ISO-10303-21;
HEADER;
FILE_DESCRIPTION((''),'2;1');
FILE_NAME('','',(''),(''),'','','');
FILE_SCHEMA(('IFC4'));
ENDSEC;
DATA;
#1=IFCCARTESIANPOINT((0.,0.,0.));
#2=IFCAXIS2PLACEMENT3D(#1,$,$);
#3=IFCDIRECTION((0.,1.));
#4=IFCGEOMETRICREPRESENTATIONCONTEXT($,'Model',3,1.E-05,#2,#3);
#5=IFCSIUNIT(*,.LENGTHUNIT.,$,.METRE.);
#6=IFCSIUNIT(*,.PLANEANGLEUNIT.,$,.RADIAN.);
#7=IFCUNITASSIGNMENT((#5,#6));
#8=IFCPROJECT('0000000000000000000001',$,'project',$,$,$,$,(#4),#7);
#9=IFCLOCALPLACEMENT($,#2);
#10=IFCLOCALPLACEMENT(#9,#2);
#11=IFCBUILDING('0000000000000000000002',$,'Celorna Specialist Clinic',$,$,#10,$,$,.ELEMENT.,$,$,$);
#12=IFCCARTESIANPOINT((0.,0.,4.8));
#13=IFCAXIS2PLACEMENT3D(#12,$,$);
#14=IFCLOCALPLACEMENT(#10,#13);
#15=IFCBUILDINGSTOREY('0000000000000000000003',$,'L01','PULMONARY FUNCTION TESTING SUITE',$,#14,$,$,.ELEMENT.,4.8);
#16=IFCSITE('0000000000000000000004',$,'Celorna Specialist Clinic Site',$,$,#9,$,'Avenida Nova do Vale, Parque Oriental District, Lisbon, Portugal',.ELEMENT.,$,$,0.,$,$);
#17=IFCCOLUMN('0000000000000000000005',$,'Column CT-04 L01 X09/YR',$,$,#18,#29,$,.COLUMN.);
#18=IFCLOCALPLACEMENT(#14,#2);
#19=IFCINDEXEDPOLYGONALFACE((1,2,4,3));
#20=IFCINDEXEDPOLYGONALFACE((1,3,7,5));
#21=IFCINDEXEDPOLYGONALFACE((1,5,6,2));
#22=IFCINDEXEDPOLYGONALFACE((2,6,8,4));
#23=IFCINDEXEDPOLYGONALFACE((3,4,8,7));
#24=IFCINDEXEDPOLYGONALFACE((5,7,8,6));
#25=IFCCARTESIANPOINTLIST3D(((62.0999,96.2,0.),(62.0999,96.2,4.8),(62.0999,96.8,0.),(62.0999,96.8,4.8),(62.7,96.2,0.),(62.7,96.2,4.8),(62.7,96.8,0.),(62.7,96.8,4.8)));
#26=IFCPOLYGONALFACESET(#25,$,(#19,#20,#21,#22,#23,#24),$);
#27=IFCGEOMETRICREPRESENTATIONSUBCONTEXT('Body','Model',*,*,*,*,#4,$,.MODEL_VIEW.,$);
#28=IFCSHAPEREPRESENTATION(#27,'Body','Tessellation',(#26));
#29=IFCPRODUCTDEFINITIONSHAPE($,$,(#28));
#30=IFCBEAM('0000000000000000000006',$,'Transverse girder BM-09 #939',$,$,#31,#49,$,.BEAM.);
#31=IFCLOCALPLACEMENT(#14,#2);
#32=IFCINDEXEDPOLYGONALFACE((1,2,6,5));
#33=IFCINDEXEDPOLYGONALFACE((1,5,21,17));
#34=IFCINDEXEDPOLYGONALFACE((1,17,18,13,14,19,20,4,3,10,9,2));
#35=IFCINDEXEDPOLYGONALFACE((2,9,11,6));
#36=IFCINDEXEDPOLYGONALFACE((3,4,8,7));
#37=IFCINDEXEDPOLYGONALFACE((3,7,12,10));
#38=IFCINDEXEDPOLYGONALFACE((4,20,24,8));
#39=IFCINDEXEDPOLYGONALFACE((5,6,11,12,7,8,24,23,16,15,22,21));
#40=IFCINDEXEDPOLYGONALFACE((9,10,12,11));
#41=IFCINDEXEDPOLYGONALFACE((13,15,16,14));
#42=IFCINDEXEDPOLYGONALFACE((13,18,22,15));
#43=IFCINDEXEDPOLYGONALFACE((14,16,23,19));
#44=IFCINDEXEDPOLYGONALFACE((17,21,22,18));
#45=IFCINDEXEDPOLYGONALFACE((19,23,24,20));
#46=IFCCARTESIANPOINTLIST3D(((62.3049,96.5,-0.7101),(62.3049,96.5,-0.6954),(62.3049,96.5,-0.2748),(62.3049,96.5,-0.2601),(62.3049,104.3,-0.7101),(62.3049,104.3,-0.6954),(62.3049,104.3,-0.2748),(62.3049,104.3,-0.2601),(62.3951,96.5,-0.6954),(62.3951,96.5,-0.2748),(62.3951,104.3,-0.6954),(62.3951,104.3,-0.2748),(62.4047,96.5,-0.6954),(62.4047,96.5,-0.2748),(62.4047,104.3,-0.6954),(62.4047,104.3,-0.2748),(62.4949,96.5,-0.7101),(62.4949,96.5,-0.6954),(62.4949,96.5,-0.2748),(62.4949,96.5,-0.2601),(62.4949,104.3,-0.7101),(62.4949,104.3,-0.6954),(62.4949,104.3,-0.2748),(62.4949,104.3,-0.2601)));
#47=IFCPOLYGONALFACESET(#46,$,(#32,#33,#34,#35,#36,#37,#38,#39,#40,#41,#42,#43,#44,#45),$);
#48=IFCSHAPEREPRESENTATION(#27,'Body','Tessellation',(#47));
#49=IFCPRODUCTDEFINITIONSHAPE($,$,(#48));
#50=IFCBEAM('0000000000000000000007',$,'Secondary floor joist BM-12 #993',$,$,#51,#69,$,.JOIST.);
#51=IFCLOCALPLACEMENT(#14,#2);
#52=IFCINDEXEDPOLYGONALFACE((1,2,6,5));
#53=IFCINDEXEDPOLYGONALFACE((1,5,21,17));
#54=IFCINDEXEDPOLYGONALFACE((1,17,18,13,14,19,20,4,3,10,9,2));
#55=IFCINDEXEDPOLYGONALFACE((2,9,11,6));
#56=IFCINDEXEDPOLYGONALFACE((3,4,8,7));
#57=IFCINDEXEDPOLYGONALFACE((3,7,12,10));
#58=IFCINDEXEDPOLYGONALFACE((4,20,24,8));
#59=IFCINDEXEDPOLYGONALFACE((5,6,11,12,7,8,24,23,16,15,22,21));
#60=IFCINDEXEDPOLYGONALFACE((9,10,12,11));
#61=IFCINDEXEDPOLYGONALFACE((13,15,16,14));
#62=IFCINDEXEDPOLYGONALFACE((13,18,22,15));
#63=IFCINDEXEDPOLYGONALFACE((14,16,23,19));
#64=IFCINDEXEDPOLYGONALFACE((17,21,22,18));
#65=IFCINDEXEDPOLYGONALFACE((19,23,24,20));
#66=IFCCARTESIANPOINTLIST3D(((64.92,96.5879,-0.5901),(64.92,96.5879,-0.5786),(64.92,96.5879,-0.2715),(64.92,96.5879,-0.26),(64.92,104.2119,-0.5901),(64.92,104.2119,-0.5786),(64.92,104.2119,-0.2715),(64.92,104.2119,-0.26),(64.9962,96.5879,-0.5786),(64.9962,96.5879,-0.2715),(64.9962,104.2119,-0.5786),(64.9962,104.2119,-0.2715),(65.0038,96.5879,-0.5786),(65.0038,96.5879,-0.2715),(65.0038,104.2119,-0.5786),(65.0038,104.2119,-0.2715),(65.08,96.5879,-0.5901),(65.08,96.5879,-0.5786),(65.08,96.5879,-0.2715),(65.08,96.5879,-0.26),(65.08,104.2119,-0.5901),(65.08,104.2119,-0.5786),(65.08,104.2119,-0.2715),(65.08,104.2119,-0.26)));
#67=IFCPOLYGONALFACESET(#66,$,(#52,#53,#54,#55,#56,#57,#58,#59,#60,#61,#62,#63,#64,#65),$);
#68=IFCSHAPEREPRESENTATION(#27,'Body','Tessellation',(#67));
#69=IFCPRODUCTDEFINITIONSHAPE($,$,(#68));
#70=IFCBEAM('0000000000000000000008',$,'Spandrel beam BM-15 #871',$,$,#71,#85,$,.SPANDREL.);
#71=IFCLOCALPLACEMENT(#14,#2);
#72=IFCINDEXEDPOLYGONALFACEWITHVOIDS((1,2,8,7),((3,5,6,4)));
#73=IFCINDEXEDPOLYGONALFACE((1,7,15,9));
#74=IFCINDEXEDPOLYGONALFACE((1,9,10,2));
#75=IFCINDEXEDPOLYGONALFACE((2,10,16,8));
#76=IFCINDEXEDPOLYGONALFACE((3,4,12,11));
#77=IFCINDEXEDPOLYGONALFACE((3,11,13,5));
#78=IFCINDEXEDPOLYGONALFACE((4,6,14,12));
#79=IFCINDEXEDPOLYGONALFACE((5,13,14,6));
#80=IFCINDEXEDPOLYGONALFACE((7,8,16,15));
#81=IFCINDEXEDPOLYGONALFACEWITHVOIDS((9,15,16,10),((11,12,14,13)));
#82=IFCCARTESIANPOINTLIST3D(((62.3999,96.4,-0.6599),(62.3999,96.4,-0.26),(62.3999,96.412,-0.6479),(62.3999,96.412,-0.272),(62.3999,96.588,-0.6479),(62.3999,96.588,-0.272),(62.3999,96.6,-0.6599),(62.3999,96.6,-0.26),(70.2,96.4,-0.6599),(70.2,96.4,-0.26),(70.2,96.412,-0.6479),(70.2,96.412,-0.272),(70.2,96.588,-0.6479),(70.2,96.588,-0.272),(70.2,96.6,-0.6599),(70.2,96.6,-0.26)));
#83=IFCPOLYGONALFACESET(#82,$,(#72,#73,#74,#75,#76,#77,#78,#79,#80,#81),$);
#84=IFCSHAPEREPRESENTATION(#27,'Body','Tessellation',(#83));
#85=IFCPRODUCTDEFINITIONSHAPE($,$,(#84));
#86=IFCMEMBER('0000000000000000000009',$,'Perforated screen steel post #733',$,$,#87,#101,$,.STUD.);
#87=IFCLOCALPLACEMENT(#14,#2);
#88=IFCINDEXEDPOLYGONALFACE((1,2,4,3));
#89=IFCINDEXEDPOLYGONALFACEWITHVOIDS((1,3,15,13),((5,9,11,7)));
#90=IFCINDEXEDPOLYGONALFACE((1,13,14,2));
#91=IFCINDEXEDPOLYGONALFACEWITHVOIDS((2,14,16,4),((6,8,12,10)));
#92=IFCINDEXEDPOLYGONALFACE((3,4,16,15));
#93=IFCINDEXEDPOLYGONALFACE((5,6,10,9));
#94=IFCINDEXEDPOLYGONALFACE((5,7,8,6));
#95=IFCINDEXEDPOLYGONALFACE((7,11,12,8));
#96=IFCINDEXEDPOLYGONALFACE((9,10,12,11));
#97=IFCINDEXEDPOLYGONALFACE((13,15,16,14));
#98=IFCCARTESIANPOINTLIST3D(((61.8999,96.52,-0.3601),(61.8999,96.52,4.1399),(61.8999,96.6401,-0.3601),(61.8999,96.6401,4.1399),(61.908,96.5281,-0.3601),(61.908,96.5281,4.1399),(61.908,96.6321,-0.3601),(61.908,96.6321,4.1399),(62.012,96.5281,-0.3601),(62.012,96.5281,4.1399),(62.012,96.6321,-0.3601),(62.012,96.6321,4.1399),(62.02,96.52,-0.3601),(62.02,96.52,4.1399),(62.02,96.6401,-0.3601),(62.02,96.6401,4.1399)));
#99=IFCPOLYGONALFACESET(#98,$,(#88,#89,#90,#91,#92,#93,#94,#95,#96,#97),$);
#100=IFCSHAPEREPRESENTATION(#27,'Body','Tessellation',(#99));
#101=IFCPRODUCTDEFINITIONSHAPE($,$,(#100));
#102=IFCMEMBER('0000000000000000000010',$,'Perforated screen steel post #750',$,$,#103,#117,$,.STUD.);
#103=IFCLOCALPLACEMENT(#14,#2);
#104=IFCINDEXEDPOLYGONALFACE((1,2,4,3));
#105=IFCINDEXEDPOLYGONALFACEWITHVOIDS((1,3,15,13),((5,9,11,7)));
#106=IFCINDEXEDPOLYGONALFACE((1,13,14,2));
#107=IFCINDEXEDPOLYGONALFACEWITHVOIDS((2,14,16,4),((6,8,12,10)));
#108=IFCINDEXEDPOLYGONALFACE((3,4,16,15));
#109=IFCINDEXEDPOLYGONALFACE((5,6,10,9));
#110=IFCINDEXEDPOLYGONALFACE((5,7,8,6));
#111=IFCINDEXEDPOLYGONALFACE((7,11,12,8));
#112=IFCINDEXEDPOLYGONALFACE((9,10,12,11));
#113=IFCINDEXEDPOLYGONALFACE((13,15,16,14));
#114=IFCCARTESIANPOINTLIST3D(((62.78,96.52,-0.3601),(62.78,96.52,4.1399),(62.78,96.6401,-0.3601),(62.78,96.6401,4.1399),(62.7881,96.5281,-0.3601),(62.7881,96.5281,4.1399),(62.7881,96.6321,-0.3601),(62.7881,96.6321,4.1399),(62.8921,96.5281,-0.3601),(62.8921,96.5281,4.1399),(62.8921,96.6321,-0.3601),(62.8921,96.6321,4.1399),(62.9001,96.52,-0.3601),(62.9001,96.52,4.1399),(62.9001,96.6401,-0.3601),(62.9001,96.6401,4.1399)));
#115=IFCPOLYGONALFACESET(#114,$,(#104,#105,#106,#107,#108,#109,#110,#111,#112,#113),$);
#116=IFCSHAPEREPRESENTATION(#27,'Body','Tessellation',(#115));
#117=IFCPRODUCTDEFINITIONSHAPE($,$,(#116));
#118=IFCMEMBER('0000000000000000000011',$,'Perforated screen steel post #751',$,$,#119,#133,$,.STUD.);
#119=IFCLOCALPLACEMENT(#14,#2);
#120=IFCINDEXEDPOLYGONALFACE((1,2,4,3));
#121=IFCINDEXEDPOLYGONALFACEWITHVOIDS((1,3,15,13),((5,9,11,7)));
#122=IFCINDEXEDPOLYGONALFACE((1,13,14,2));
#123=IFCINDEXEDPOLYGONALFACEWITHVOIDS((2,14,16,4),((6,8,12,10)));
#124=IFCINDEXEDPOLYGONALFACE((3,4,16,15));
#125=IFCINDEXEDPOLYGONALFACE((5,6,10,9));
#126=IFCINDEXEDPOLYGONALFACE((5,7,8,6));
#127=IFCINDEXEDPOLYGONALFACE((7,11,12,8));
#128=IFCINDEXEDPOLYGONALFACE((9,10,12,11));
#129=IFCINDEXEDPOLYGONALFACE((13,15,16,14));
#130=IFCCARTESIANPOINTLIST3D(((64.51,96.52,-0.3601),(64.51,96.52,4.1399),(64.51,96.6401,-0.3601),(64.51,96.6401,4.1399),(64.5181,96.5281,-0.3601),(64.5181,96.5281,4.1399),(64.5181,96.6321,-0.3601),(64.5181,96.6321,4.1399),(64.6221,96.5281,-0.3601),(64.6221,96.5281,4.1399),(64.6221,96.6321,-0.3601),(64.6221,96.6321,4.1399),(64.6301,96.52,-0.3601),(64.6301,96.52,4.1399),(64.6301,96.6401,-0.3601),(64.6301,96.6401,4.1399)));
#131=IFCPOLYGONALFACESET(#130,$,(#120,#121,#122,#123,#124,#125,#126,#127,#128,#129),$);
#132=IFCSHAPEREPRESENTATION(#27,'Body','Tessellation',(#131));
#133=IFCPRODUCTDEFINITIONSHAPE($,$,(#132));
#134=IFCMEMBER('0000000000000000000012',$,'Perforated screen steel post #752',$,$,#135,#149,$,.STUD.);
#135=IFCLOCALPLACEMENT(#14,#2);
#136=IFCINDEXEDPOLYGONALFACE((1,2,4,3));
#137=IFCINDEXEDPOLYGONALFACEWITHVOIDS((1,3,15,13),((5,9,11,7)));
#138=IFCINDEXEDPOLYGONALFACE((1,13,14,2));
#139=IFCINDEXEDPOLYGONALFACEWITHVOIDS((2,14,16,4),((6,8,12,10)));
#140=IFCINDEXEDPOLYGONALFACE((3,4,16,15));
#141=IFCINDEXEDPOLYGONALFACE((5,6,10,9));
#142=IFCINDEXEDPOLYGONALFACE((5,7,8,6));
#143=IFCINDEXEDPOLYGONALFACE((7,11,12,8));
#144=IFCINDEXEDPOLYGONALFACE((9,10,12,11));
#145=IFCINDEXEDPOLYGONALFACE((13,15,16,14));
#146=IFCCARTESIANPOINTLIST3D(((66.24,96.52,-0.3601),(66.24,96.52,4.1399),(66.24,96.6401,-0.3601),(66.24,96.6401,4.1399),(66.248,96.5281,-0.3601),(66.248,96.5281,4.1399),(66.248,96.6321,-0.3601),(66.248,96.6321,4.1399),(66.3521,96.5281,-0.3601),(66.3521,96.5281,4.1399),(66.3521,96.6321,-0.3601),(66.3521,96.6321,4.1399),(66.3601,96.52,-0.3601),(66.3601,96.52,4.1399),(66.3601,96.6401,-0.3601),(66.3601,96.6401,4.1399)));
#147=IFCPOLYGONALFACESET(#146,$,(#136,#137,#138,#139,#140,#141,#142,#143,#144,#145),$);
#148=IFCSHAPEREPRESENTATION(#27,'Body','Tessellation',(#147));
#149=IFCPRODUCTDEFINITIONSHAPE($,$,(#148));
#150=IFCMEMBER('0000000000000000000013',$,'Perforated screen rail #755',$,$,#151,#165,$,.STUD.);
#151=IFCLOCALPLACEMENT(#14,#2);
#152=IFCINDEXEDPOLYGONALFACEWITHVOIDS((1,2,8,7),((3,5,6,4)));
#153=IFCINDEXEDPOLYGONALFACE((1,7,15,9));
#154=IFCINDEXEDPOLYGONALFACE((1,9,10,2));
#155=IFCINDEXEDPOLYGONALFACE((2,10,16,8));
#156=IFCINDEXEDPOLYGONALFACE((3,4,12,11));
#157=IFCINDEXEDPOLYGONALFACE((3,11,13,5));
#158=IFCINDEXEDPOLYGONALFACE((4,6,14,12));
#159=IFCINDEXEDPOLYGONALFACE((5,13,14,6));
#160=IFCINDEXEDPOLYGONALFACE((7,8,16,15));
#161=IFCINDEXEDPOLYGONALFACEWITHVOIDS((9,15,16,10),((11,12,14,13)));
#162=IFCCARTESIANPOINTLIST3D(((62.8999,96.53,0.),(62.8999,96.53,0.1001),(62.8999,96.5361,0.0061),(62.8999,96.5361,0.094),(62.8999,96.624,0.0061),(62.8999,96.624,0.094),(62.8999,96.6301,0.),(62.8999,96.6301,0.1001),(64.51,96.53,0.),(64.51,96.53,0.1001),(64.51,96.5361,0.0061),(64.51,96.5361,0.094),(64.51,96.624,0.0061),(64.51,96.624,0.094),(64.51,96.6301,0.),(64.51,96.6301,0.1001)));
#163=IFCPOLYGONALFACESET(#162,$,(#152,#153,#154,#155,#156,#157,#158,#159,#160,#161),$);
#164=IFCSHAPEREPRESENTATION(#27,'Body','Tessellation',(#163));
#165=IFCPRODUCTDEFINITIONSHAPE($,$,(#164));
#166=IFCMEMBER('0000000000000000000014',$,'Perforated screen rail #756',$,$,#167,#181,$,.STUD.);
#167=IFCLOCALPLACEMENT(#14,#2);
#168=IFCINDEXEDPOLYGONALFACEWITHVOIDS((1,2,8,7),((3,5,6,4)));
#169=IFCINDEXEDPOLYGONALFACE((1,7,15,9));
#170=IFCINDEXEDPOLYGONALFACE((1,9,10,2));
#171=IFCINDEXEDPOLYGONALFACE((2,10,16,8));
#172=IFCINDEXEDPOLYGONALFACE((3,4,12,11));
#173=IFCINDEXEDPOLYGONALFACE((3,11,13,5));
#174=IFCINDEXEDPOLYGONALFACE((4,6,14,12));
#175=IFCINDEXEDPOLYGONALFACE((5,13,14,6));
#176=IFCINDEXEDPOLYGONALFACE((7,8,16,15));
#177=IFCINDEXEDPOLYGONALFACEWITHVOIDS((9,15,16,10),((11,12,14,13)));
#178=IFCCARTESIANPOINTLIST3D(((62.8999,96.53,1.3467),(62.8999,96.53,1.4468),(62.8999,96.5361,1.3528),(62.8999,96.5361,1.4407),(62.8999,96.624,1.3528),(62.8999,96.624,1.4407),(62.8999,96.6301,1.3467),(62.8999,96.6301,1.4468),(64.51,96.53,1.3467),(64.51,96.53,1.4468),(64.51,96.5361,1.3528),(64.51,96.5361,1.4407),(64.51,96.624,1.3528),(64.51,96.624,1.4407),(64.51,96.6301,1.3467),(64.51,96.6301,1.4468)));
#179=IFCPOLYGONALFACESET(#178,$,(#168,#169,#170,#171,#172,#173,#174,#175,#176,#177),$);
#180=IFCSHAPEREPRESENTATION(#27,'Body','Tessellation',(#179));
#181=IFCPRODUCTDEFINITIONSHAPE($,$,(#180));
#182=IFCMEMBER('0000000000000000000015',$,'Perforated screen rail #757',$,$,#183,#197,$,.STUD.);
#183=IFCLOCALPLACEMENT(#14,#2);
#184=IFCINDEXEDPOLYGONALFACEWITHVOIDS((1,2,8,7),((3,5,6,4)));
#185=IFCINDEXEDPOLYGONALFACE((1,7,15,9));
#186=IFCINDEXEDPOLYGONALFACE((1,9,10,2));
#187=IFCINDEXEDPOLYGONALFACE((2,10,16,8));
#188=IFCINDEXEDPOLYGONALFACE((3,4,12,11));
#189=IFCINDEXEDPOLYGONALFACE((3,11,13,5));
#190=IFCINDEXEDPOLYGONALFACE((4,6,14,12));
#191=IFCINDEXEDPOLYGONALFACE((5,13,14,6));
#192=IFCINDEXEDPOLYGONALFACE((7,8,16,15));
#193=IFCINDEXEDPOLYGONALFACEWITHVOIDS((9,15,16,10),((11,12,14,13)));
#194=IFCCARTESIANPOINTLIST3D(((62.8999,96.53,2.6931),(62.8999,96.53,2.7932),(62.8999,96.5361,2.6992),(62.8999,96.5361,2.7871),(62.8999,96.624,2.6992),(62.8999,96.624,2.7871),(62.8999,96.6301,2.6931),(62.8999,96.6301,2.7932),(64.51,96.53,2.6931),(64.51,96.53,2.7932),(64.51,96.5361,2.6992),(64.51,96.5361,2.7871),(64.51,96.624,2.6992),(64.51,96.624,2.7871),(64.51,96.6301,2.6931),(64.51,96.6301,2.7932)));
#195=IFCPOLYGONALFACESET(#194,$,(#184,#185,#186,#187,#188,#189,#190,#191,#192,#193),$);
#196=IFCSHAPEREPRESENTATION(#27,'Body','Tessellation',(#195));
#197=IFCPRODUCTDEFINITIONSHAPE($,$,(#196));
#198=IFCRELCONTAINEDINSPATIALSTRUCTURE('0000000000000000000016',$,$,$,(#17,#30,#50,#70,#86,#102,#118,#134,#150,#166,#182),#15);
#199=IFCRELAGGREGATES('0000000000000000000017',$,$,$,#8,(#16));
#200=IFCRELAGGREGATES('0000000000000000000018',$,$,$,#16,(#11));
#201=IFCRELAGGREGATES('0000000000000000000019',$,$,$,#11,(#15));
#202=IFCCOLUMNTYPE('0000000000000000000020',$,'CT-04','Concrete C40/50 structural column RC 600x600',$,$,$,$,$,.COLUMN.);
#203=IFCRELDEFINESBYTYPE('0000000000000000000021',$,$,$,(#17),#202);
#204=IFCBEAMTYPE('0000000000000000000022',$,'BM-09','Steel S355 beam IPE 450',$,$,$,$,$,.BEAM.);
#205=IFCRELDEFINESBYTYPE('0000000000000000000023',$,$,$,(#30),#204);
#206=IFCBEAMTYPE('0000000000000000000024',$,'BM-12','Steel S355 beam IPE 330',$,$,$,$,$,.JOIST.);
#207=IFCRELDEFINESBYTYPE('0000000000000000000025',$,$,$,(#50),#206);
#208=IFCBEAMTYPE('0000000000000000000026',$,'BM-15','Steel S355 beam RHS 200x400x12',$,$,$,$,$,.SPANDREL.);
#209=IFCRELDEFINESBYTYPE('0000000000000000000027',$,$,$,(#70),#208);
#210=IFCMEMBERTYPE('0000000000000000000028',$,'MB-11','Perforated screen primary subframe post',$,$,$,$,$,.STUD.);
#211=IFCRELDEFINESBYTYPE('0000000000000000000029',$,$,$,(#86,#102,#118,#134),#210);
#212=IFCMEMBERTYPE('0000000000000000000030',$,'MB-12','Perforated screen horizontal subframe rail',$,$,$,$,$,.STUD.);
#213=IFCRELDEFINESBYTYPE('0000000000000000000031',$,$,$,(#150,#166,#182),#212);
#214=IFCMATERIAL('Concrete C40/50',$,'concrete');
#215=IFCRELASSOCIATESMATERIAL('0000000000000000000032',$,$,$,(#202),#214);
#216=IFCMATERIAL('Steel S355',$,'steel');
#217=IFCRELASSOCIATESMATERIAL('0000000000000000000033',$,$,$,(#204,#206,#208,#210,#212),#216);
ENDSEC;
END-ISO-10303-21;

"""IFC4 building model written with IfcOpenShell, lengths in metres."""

from ifc_helpers import new_model, si_unit, direction, frame, origin, origin_2d, place, context, subcontext, project, spatial, rectangle, hollow_rectangle, i_section, extrude, material, material_profile, profile_set, type_object, element, save


model = new_model("IFC4")

# Units and contexts
model_context = context("Model", 3, precision=1e-05, world=origin(), true_north=direction((0.0, 1.0)))
body_context = subcontext(model_context, "Body", "Model", "MODEL_VIEW")
ifc_project = project(units=[si_unit("LENGTHUNIT", "METRE"), si_unit("PLANEANGLEUNIT", "RADIAN")], contexts=[model_context])

# Site, building, storey
site_placement = place(None, origin())
site = spatial("IfcSite", under=ifc_project, at=site_placement, Name="Celorna Specialist Clinic Site", LongName="Avenida Nova do Vale, Parque Oriental District, Lisbon, Portugal", CompositionType="ELEMENT", RefElevation=0.0)
building_placement = place(site_placement, origin())
building = spatial("IfcBuilding", under=site, at=building_placement, Name="Celorna Specialist Clinic", CompositionType="ELEMENT")
storey_placement = place(building_placement, frame((0.0, 0.0, 4.8)))
storey = spatial("IfcBuildingStorey", under=building, at=storey_placement, Name="L01", Description="PULMONARY FUNCTION TESTING SUITE", CompositionType="ELEMENT", Elevation=4.8)

# Column
ifc_material_1 = material(Name="Concrete C40/50", Category="concrete")
ifc_material_profile_1 = material_profile(ifc_material_1, rectangle(XDim=0.6001, YDim=0.6001, at=origin_2d()), Name="RC 600x600")
ifc_profile_set_1 = profile_set([ifc_material_profile_1], Name="Concrete C40/50")
column_type = type_object("IfcColumnType", Name="CT-04", Description="Concrete C40/50 structural column RC 600x600", PredefinedType="COLUMN", material=ifc_profile_set_1)
column_placement = place(storey_placement, frame((62.3999, 96.5, 0.0), z_axis=(0.0, 0.0, 1.0), x_axis=(1.0, 0.0, 0.0)))
element("IfcColumn", 1, at=column_placement, inside=storey, type_object=column_type, Name="Column CT-04 L01 X09/YR", PredefinedType="COLUMN", context=body_context, shape_type="SweptSolid", body=[
    extrude(rectangle(XDim=0.6001, YDim=0.6001, at=origin_2d()), origin(), (0.0, 0.0, 1.0), 4.8),
])

# Beams
ifc_material_2 = material(Name="Steel S355", Category="steel")
ifc_material_profile_2 = material_profile(ifc_material_2, i_section(OverallWidth=0.1899, OverallDepth=0.45, WebThickness=0.0095, FlangeThickness=0.0146, at=origin_2d()), Name="IPE 450")
ifc_profile_set_2 = profile_set([ifc_material_profile_2], Name="Steel S355")
beam_type_1 = type_object("IfcBeamType", Name="BM-09", Description="Steel S355 beam IPE 450", PredefinedType="BEAM", material=ifc_profile_set_2)
beam_1_placement = place(storey_placement, frame((62.3999, 96.5, -0.4851), z_axis=(0.0, 1.0, 0.0), x_axis=(-1.0, 0.0, 0.0)))
element("IfcBeam", 2, at=beam_1_placement, inside=storey, type_object=beam_type_1, Name="Transverse girder BM-09 #939", PredefinedType="BEAM", context=body_context, shape_type="SweptSolid", body=[
    extrude(i_section(OverallWidth=0.1899, OverallDepth=0.45, WebThickness=0.0095, FlangeThickness=0.0146, at=origin_2d()), origin(), (0.0, 0.0, 1.0), 7.8),
])
ifc_material_profile_3 = material_profile(ifc_material_2, i_section(OverallWidth=0.1599, OverallDepth=0.3301, WebThickness=0.0076, FlangeThickness=0.0115, at=origin_2d()), Name="IPE 330")
ifc_profile_set_3 = profile_set([ifc_material_profile_3], Name="Steel S355")
beam_type_2 = type_object("IfcBeamType", Name="BM-12", Description="Steel S355 beam IPE 330", PredefinedType="JOIST", material=ifc_profile_set_3)
beam_2_placement = place(storey_placement, frame((65.0, 96.5879, -0.425), z_axis=(0.0, 1.0, 0.0), x_axis=(-1.0, 0.0, 0.0)))
element("IfcBeam", 3, at=beam_2_placement, inside=storey, type_object=beam_type_2, Name="Secondary floor joist BM-12 #993", PredefinedType="JOIST", context=body_context, shape_type="SweptSolid", body=[
    extrude(i_section(OverallWidth=0.1599, OverallDepth=0.3301, WebThickness=0.0076, FlangeThickness=0.0115, at=origin_2d()), origin(), (0.0, 0.0, 1.0), 7.624),
])
ifc_material_profile_4 = material_profile(ifc_material_2, hollow_rectangle(XDim=0.2, YDim=0.3999, WallThickness=0.012, at=origin_2d()), Name="RHS 200x400x12")
ifc_profile_set_4 = profile_set([ifc_material_profile_4], Name="Steel S355")
beam_type_3 = type_object("IfcBeamType", Name="BM-15", Description="Steel S355 beam RHS 200x400x12", PredefinedType="SPANDREL", material=ifc_profile_set_4)
beam_3_placement = place(storey_placement, frame((62.3999, 96.5, -0.46), z_axis=(1.0, 0.0, 0.0), x_axis=(0.0, 1.0, 0.0)))
element("IfcBeam", 4, at=beam_3_placement, inside=storey, type_object=beam_type_3, Name="Spandrel beam BM-15 #871", PredefinedType="SPANDREL", context=body_context, shape_type="SweptSolid", body=[
    extrude(hollow_rectangle(XDim=0.2, YDim=0.3999, WallThickness=0.012, at=origin_2d()), origin(), (0.0, 0.0, 1.0), 7.8),
])

# Members
ifc_material_profile_5 = material_profile(ifc_material_2, hollow_rectangle(XDim=0.1201, YDim=0.1201, WallThickness=0.0081, at=origin_2d()), Name="SHS 120x120x8")
ifc_profile_set_5 = profile_set([ifc_material_profile_5], Name="Steel S355")
member_type_1 = type_object("IfcMemberType", Name="MB-11", Description="Perforated screen primary subframe post", PredefinedType="STUD", material=ifc_profile_set_5)
for number, where, z_axis, x_axis, name in (
    (5, (61.96, 96.5801, -0.3601), (0.0, 0.0, 1.0), (1.0, 0.0, 0.0), "Perforated screen steel post #733"),
    (6, (62.8401, 96.5801, -0.3601), (0.0, 0.0, 1.0), (1.0, 0.0, 0.0), "Perforated screen steel post #750"),
    (7, (64.5701, 96.5801, -0.3601), (0.0, 0.0, 1.0), (1.0, 0.0, 0.0), "Perforated screen steel post #751"),
    (8, (66.3, 96.5801, -0.3601), (0.0, 0.0, 1.0), (1.0, 0.0, 0.0), "Perforated screen steel post #752"),
):
    element("IfcMember", number, at=place(storey_placement, frame(where, z_axis=z_axis, x_axis=x_axis)), inside=storey, type_object=member_type_1, Name=name, PredefinedType="STUD", context=body_context, shape_type="SweptSolid", body=[
        extrude(hollow_rectangle(XDim=0.1201, YDim=0.1201, WallThickness=0.0081, at=origin_2d()), origin(), (0.0, 0.0, 1.0), 4.5),
    ])
ifc_material_profile_6 = material_profile(ifc_material_2, hollow_rectangle(XDim=0.1001, YDim=0.1001, WallThickness=0.0061, at=origin_2d()), Name="SHS 100x100x6")
ifc_profile_set_6 = profile_set([ifc_material_profile_6], Name="Steel S355")
member_type_2 = type_object("IfcMemberType", Name="MB-12", Description="Perforated screen horizontal subframe rail", PredefinedType="STUD", material=ifc_profile_set_6)
for number, where, z_axis, x_axis, name in (
    (9, (62.8999, 96.5801, 0.05), (1.0, 0.0, 0.0), (0.0, 1.0, 0.0), "Perforated screen rail #755"),
    (10, (62.8999, 96.5801, 1.3967), (1.0, 0.0, 0.0), (0.0, 1.0, 0.0), "Perforated screen rail #756"),
    (11, (62.8999, 96.5801, 2.7432), (1.0, 0.0, 0.0), (0.0, 1.0, 0.0), "Perforated screen rail #757"),
):
    element("IfcMember", number, at=place(storey_placement, frame(where, z_axis=z_axis, x_axis=x_axis)), inside=storey, type_object=member_type_2, Name=name, PredefinedType="STUD", context=body_context, shape_type="SweptSolid", body=[
        extrude(hollow_rectangle(XDim=0.1001, YDim=0.1001, WallThickness=0.0061, at=origin_2d()), origin(), (0.0, 0.0, 1.0), 1.6101),
    ])

save(model, "model.ifc")
